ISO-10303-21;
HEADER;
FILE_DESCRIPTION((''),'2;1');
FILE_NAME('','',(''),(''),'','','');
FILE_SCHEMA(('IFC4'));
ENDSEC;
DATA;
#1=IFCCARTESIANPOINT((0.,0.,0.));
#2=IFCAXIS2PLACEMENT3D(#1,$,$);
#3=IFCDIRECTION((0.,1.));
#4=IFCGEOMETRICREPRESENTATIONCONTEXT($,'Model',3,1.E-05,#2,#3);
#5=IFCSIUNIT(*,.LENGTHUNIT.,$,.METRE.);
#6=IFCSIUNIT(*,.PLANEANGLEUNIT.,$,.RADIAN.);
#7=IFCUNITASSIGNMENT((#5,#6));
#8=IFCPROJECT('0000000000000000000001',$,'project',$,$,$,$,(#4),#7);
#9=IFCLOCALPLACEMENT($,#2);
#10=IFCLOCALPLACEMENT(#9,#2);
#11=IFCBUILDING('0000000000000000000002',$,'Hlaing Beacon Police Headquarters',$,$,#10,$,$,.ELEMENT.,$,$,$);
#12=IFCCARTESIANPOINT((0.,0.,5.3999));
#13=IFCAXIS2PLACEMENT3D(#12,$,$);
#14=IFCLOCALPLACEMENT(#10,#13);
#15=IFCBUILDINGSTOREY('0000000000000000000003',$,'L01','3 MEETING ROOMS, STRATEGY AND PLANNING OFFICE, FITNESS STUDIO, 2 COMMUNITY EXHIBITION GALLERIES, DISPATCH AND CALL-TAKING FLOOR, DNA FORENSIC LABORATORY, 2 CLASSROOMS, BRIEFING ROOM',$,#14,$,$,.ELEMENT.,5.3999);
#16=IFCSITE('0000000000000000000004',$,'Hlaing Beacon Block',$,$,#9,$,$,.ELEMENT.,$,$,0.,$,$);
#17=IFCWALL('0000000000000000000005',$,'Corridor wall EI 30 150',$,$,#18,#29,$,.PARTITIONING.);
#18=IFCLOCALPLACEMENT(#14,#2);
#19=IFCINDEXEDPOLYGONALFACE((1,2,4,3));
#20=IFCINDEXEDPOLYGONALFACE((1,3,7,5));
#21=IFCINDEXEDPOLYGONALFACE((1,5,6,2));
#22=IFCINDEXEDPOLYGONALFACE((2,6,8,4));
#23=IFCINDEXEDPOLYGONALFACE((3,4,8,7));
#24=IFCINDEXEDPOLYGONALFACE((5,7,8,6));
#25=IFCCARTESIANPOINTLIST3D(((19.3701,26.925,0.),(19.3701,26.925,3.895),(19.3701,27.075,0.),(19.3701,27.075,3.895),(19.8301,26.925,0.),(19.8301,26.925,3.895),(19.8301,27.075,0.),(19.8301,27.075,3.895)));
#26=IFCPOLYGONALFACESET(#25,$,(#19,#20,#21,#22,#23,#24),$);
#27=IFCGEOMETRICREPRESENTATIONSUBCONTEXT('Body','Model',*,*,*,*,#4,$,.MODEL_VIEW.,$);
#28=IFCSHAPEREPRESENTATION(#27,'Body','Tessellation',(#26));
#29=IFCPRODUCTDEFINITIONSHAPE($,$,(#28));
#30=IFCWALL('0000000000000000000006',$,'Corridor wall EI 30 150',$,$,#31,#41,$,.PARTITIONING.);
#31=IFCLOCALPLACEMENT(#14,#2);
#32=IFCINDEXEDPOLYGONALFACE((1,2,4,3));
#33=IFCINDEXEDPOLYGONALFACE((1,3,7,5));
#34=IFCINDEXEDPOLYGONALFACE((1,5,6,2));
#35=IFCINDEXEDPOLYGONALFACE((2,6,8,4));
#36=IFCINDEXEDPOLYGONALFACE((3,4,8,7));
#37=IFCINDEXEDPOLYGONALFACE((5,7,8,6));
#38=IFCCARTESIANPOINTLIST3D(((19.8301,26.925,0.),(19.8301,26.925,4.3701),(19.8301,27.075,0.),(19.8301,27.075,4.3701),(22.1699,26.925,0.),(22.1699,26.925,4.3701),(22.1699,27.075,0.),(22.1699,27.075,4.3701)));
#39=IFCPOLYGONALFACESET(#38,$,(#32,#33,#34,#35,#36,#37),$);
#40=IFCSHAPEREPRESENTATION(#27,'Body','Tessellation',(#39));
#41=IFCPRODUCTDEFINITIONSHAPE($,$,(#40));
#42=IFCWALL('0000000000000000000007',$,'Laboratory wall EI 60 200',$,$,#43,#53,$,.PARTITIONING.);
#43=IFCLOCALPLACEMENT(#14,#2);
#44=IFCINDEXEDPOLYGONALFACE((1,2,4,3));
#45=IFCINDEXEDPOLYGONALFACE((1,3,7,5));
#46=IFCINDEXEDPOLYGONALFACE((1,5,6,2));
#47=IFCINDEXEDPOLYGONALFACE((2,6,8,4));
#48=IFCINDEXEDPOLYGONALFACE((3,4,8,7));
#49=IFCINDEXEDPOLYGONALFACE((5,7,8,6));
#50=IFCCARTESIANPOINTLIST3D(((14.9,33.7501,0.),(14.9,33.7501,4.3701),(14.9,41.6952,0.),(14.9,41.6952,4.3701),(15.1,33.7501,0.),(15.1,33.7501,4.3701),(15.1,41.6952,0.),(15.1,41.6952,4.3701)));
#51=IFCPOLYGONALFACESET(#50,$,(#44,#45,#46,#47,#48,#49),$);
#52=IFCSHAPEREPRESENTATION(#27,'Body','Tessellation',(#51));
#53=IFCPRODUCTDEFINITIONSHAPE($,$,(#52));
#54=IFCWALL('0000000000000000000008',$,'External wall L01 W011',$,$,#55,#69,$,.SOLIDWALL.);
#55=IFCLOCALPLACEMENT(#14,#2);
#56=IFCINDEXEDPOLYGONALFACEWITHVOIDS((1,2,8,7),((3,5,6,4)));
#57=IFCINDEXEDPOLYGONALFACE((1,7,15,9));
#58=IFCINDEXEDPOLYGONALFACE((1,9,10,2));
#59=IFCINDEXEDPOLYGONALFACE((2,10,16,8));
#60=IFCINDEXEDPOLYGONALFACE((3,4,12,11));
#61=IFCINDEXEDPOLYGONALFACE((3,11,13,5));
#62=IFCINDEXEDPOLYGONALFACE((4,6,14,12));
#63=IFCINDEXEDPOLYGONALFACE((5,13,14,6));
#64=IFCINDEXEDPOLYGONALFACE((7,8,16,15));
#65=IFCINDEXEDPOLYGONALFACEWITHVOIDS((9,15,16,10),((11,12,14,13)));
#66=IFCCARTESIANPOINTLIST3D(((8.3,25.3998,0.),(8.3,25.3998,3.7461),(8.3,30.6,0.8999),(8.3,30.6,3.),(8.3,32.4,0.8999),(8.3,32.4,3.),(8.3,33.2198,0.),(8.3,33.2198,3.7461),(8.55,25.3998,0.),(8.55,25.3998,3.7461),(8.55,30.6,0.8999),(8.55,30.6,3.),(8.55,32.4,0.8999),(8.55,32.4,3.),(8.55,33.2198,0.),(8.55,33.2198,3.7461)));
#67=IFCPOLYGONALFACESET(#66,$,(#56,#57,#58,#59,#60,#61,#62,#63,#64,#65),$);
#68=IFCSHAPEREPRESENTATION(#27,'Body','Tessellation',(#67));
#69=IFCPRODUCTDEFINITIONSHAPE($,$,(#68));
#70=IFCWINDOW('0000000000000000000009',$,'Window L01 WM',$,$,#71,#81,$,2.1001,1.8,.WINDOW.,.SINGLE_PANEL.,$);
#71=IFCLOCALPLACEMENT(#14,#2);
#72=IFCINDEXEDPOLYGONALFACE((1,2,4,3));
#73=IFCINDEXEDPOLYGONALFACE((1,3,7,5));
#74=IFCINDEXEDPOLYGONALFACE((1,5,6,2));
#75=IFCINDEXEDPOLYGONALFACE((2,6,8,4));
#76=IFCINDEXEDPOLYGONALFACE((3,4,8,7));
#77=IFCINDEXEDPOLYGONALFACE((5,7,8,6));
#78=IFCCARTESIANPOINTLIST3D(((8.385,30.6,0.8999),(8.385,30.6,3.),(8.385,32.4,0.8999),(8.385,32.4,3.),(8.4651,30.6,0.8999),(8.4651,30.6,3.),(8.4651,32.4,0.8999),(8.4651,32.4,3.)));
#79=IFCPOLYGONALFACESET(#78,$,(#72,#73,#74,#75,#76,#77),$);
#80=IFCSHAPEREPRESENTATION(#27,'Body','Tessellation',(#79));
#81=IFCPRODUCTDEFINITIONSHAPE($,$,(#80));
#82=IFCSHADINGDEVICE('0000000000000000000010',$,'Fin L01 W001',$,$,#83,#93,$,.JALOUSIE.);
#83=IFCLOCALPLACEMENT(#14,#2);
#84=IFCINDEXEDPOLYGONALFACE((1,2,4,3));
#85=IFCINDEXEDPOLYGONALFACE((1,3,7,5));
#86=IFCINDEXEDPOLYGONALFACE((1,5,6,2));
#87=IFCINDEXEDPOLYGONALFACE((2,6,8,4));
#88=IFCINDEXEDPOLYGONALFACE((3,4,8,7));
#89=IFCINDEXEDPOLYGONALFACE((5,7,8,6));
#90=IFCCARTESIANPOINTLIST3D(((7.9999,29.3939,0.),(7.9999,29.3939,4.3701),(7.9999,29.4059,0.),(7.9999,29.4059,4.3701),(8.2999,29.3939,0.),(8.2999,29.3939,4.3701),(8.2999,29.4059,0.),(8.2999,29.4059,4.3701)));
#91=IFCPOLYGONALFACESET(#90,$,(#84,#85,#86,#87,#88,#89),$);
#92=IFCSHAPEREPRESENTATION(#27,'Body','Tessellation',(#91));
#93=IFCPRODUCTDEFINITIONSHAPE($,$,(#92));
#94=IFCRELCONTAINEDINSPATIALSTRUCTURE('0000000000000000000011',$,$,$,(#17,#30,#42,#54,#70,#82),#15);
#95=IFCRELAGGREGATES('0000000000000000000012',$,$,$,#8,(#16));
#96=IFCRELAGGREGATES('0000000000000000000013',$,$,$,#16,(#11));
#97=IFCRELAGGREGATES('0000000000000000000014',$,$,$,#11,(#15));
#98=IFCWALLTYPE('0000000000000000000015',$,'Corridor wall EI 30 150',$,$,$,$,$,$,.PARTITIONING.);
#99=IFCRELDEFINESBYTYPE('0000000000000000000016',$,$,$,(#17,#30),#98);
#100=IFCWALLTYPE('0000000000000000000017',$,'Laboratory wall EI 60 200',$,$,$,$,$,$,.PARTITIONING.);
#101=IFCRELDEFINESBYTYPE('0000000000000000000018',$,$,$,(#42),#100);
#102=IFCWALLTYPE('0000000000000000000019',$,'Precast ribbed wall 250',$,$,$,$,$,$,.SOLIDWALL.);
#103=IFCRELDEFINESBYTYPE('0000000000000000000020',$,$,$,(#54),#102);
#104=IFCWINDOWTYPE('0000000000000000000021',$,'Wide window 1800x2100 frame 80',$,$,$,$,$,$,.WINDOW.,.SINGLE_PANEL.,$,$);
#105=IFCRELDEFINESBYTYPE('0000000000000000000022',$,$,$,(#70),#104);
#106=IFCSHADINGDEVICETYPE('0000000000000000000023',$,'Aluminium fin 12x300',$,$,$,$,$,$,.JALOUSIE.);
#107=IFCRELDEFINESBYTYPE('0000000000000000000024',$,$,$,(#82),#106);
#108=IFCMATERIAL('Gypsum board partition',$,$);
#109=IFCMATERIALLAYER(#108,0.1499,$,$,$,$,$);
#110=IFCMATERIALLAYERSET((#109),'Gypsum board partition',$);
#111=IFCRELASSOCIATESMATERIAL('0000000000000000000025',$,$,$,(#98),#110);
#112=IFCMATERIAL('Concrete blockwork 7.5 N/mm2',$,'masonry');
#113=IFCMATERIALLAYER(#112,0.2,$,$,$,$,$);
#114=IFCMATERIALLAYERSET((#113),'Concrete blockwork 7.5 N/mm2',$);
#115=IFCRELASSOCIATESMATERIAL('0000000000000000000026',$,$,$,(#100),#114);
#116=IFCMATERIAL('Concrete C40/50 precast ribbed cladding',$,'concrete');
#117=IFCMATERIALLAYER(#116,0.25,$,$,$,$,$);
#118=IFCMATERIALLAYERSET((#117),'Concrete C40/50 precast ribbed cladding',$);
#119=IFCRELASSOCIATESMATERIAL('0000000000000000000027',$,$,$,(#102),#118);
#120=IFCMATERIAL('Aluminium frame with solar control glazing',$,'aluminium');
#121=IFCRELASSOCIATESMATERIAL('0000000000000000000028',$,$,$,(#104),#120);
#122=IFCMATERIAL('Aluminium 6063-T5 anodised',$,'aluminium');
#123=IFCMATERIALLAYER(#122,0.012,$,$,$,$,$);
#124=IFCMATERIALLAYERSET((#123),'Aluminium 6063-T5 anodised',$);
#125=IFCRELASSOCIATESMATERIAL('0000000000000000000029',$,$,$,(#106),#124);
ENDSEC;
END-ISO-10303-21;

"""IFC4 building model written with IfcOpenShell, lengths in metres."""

from ifc_helpers import new_model, si_unit, direction, frame, frame_2d, origin, origin_2d, place, context, subcontext, project, spatial, rectangle, extrude, material, layer, layer_set, type_object, element, fill, save


model = new_model("IFC4")

# Units and contexts
model_context = context("Model", 3, precision=1e-05, world=origin(), true_north=direction((0.0, 1.0)))
body_context = subcontext(model_context, "Body", "Model", "MODEL_VIEW")
ifc_project = project(units=[si_unit("LENGTHUNIT", "METRE"), si_unit("PLANEANGLEUNIT", "RADIAN")], contexts=[model_context])

# Site, building, storey
site_placement = place(None, origin())
site = spatial("IfcSite", under=ifc_project, at=site_placement, Name="Hlaing Beacon Block", CompositionType="ELEMENT", RefElevation=0.0)
building_placement = place(site_placement, origin())
building = spatial("IfcBuilding", under=site, at=building_placement, Name="Hlaing Beacon Police Headquarters", CompositionType="ELEMENT")
storey_placement = place(building_placement, frame((0.0, 0.0, 5.3999)))
storey = spatial("IfcBuildingStorey", under=building, at=storey_placement, Name="L01", Description="3 MEETING ROOMS, STRATEGY AND PLANNING OFFICE, FITNESS STUDIO, 2 COMMUNITY EXHIBITION GALLERIES, DISPATCH AND CALL-TAKING FLOOR, DNA FORENSIC LABORATORY, 2 CLASSROOMS, BRIEFING ROOM", CompositionType="ELEMENT", Elevation=5.3999)

# Walls
ifc_material_1 = material(Name="Gypsum board partition")
ifc_layer_1 = layer(ifc_material_1, 0.1499)
ifc_layer_set_1 = layer_set([ifc_layer_1], Name="Gypsum board partition")
wall_type_1 = type_object("IfcWallType", Name="Corridor wall EI 30 150", PredefinedType="PARTITIONING", material=ifc_layer_set_1)
wall_1_placement = place(storey_placement, frame((19.3701, 27.0, 0.0), z_axis=(0.0, 0.0, 1.0), x_axis=(1.0, 0.0, 0.0)))
element("IfcWall", 1, at=wall_1_placement, inside=storey, type_object=wall_type_1, Name="Corridor wall EI 30 150", PredefinedType="PARTITIONING", context=body_context, shape_type="SweptSolid", body=[
    extrude(rectangle(XDim=0.46, YDim=0.1499, at=frame_2d((0.23, 0.0))), origin(), (0.0, 0.0, 1.0), 3.895),
])
wall_2_placement = place(storey_placement, frame((19.8301, 27.0, 0.0), z_axis=(0.0, 0.0, 1.0), x_axis=(1.0, 0.0, 0.0)))
element("IfcWall", 2, at=wall_2_placement, inside=storey, type_object=wall_type_1, Name="Corridor wall EI 30 150", PredefinedType="PARTITIONING", context=body_context, shape_type="SweptSolid", body=[
    extrude(rectangle(XDim=2.3398, YDim=0.1499, at=frame_2d((1.1699, 0.0))), origin(), (0.0, 0.0, 1.0), 4.3701),
])
ifc_material_2 = material(Name="Concrete blockwork 7.5 N/mm2", Category="masonry")
ifc_layer_2 = layer(ifc_material_2, 0.2)
ifc_layer_set_2 = layer_set([ifc_layer_2], Name="Concrete blockwork 7.5 N/mm2")
wall_type_2 = type_object("IfcWallType", Name="Laboratory wall EI 60 200", PredefinedType="PARTITIONING", material=ifc_layer_set_2)
wall_3_placement = place(storey_placement, frame((15.0, 33.75, 0.0), z_axis=(0.0, 0.0, 1.0), x_axis=(0.0, 1.0, 0.0)))
element("IfcWall", 3, at=wall_3_placement, inside=storey, type_object=wall_type_2, Name="Laboratory wall EI 60 200", PredefinedType="PARTITIONING", context=body_context, shape_type="SweptSolid", body=[
    extrude(rectangle(XDim=7.9451, YDim=0.2, at=frame_2d((3.9727, 0.0))), origin(), (0.0, 0.0, 1.0), 4.3701),
])

# Wall, opening, window
ifc_material_3 = material(Name="Concrete C40/50 precast ribbed cladding", Category="concrete")
ifc_layer_3 = layer(ifc_material_3, 0.25)
ifc_layer_set_3 = layer_set([ifc_layer_3], Name="Concrete C40/50 precast ribbed cladding")
wall_type_3 = type_object("IfcWallType", Name="Precast ribbed wall 250", PredefinedType="SOLIDWALL", material=ifc_layer_set_3)
wall_4_placement = place(storey_placement, frame((8.425, 33.22, 0.0), z_axis=(0.0, 0.0, 1.0), x_axis=(0.0, -1.0, 0.0)))
wall_4 = element("IfcWall", 4, at=wall_4_placement, inside=storey, type_object=wall_type_3, Name="External wall L01 W011", PredefinedType="SOLIDWALL", context=body_context, shape_type="SweptSolid", body=[
    extrude(rectangle(XDim=7.8201, YDim=0.25, at=frame_2d((3.9102, 0.0))), origin(), (0.0, 0.0, 1.0), 3.7461),
])
opening_1_placement = place(wall_4_placement, frame((0.8201, 0.0, 0.8999)))
opening_1 = element("IfcOpeningElement", 5, at=opening_1_placement, cuts=wall_4, PredefinedType="OPENING", context=body_context, shape_type="SweptSolid", body=[
    extrude(rectangle(XDim=1.8, YDim=2.1001, at=frame_2d((0.8999, 1.05))), frame((0.0, 0.135, 0.0), z_axis=(0.0, -1.0, 0.0), x_axis=(1.0, 0.0, 0.0)), (0.0, 0.0, 1.0), 0.27),
])
ifc_material_4 = material(Name="Aluminium frame with solar control glazing", Category="aluminium")
window_type = type_object("IfcWindowType", Name="Wide window 1800x2100 frame 80", PartitioningType="SINGLE_PANEL", PredefinedType="WINDOW", material=ifc_material_4)
window_placement = place(opening_1_placement, origin())
window = element("IfcWindow", 6, at=window_placement, inside=storey, type_object=window_type, Name="Window L01 WM", OverallHeight=2.1001, OverallWidth=1.8, PartitioningType="SINGLE_PANEL", PredefinedType="WINDOW", context=body_context, shape_type="SweptSolid", body=[
    extrude(rectangle(XDim=1.8, YDim=2.1001, at=frame_2d((0.8999, 1.05))), frame((0.0, 0.04, 0.0), z_axis=(0.0, -1.0, 0.0), x_axis=(1.0, 0.0, 0.0)), (0.0, 0.0, 1.0), 0.0801),
])
fill(opening_1, window)

# Shading device
ifc_material_5 = material(Name="Aluminium 6063-T5 anodised", Category="aluminium")
ifc_layer_4 = layer(ifc_material_5, 0.012)
ifc_layer_set_4 = layer_set([ifc_layer_4], Name="Aluminium 6063-T5 anodised")
shading_device_type = type_object("IfcShadingDeviceType", Name="Aluminium fin 12x300", PredefinedType="JALOUSIE", material=ifc_layer_set_4)
shading_device_placement = place(storey_placement, frame((8.1499, 29.3999, 0.0), z_axis=(0.0, 0.0, 1.0), x_axis=(0.0, -1.0, 0.0)))
element("IfcShadingDevice", 7, at=shading_device_placement, inside=storey, type_object=shading_device_type, Name="Fin L01 W001", PredefinedType="JALOUSIE", context=body_context, shape_type="SweptSolid", body=[
    extrude(rectangle(XDim=0.012, YDim=0.3, at=origin_2d()), origin(), (0.0, 0.0, 1.0), 4.3701),
])

save(model, "model.ifc")
